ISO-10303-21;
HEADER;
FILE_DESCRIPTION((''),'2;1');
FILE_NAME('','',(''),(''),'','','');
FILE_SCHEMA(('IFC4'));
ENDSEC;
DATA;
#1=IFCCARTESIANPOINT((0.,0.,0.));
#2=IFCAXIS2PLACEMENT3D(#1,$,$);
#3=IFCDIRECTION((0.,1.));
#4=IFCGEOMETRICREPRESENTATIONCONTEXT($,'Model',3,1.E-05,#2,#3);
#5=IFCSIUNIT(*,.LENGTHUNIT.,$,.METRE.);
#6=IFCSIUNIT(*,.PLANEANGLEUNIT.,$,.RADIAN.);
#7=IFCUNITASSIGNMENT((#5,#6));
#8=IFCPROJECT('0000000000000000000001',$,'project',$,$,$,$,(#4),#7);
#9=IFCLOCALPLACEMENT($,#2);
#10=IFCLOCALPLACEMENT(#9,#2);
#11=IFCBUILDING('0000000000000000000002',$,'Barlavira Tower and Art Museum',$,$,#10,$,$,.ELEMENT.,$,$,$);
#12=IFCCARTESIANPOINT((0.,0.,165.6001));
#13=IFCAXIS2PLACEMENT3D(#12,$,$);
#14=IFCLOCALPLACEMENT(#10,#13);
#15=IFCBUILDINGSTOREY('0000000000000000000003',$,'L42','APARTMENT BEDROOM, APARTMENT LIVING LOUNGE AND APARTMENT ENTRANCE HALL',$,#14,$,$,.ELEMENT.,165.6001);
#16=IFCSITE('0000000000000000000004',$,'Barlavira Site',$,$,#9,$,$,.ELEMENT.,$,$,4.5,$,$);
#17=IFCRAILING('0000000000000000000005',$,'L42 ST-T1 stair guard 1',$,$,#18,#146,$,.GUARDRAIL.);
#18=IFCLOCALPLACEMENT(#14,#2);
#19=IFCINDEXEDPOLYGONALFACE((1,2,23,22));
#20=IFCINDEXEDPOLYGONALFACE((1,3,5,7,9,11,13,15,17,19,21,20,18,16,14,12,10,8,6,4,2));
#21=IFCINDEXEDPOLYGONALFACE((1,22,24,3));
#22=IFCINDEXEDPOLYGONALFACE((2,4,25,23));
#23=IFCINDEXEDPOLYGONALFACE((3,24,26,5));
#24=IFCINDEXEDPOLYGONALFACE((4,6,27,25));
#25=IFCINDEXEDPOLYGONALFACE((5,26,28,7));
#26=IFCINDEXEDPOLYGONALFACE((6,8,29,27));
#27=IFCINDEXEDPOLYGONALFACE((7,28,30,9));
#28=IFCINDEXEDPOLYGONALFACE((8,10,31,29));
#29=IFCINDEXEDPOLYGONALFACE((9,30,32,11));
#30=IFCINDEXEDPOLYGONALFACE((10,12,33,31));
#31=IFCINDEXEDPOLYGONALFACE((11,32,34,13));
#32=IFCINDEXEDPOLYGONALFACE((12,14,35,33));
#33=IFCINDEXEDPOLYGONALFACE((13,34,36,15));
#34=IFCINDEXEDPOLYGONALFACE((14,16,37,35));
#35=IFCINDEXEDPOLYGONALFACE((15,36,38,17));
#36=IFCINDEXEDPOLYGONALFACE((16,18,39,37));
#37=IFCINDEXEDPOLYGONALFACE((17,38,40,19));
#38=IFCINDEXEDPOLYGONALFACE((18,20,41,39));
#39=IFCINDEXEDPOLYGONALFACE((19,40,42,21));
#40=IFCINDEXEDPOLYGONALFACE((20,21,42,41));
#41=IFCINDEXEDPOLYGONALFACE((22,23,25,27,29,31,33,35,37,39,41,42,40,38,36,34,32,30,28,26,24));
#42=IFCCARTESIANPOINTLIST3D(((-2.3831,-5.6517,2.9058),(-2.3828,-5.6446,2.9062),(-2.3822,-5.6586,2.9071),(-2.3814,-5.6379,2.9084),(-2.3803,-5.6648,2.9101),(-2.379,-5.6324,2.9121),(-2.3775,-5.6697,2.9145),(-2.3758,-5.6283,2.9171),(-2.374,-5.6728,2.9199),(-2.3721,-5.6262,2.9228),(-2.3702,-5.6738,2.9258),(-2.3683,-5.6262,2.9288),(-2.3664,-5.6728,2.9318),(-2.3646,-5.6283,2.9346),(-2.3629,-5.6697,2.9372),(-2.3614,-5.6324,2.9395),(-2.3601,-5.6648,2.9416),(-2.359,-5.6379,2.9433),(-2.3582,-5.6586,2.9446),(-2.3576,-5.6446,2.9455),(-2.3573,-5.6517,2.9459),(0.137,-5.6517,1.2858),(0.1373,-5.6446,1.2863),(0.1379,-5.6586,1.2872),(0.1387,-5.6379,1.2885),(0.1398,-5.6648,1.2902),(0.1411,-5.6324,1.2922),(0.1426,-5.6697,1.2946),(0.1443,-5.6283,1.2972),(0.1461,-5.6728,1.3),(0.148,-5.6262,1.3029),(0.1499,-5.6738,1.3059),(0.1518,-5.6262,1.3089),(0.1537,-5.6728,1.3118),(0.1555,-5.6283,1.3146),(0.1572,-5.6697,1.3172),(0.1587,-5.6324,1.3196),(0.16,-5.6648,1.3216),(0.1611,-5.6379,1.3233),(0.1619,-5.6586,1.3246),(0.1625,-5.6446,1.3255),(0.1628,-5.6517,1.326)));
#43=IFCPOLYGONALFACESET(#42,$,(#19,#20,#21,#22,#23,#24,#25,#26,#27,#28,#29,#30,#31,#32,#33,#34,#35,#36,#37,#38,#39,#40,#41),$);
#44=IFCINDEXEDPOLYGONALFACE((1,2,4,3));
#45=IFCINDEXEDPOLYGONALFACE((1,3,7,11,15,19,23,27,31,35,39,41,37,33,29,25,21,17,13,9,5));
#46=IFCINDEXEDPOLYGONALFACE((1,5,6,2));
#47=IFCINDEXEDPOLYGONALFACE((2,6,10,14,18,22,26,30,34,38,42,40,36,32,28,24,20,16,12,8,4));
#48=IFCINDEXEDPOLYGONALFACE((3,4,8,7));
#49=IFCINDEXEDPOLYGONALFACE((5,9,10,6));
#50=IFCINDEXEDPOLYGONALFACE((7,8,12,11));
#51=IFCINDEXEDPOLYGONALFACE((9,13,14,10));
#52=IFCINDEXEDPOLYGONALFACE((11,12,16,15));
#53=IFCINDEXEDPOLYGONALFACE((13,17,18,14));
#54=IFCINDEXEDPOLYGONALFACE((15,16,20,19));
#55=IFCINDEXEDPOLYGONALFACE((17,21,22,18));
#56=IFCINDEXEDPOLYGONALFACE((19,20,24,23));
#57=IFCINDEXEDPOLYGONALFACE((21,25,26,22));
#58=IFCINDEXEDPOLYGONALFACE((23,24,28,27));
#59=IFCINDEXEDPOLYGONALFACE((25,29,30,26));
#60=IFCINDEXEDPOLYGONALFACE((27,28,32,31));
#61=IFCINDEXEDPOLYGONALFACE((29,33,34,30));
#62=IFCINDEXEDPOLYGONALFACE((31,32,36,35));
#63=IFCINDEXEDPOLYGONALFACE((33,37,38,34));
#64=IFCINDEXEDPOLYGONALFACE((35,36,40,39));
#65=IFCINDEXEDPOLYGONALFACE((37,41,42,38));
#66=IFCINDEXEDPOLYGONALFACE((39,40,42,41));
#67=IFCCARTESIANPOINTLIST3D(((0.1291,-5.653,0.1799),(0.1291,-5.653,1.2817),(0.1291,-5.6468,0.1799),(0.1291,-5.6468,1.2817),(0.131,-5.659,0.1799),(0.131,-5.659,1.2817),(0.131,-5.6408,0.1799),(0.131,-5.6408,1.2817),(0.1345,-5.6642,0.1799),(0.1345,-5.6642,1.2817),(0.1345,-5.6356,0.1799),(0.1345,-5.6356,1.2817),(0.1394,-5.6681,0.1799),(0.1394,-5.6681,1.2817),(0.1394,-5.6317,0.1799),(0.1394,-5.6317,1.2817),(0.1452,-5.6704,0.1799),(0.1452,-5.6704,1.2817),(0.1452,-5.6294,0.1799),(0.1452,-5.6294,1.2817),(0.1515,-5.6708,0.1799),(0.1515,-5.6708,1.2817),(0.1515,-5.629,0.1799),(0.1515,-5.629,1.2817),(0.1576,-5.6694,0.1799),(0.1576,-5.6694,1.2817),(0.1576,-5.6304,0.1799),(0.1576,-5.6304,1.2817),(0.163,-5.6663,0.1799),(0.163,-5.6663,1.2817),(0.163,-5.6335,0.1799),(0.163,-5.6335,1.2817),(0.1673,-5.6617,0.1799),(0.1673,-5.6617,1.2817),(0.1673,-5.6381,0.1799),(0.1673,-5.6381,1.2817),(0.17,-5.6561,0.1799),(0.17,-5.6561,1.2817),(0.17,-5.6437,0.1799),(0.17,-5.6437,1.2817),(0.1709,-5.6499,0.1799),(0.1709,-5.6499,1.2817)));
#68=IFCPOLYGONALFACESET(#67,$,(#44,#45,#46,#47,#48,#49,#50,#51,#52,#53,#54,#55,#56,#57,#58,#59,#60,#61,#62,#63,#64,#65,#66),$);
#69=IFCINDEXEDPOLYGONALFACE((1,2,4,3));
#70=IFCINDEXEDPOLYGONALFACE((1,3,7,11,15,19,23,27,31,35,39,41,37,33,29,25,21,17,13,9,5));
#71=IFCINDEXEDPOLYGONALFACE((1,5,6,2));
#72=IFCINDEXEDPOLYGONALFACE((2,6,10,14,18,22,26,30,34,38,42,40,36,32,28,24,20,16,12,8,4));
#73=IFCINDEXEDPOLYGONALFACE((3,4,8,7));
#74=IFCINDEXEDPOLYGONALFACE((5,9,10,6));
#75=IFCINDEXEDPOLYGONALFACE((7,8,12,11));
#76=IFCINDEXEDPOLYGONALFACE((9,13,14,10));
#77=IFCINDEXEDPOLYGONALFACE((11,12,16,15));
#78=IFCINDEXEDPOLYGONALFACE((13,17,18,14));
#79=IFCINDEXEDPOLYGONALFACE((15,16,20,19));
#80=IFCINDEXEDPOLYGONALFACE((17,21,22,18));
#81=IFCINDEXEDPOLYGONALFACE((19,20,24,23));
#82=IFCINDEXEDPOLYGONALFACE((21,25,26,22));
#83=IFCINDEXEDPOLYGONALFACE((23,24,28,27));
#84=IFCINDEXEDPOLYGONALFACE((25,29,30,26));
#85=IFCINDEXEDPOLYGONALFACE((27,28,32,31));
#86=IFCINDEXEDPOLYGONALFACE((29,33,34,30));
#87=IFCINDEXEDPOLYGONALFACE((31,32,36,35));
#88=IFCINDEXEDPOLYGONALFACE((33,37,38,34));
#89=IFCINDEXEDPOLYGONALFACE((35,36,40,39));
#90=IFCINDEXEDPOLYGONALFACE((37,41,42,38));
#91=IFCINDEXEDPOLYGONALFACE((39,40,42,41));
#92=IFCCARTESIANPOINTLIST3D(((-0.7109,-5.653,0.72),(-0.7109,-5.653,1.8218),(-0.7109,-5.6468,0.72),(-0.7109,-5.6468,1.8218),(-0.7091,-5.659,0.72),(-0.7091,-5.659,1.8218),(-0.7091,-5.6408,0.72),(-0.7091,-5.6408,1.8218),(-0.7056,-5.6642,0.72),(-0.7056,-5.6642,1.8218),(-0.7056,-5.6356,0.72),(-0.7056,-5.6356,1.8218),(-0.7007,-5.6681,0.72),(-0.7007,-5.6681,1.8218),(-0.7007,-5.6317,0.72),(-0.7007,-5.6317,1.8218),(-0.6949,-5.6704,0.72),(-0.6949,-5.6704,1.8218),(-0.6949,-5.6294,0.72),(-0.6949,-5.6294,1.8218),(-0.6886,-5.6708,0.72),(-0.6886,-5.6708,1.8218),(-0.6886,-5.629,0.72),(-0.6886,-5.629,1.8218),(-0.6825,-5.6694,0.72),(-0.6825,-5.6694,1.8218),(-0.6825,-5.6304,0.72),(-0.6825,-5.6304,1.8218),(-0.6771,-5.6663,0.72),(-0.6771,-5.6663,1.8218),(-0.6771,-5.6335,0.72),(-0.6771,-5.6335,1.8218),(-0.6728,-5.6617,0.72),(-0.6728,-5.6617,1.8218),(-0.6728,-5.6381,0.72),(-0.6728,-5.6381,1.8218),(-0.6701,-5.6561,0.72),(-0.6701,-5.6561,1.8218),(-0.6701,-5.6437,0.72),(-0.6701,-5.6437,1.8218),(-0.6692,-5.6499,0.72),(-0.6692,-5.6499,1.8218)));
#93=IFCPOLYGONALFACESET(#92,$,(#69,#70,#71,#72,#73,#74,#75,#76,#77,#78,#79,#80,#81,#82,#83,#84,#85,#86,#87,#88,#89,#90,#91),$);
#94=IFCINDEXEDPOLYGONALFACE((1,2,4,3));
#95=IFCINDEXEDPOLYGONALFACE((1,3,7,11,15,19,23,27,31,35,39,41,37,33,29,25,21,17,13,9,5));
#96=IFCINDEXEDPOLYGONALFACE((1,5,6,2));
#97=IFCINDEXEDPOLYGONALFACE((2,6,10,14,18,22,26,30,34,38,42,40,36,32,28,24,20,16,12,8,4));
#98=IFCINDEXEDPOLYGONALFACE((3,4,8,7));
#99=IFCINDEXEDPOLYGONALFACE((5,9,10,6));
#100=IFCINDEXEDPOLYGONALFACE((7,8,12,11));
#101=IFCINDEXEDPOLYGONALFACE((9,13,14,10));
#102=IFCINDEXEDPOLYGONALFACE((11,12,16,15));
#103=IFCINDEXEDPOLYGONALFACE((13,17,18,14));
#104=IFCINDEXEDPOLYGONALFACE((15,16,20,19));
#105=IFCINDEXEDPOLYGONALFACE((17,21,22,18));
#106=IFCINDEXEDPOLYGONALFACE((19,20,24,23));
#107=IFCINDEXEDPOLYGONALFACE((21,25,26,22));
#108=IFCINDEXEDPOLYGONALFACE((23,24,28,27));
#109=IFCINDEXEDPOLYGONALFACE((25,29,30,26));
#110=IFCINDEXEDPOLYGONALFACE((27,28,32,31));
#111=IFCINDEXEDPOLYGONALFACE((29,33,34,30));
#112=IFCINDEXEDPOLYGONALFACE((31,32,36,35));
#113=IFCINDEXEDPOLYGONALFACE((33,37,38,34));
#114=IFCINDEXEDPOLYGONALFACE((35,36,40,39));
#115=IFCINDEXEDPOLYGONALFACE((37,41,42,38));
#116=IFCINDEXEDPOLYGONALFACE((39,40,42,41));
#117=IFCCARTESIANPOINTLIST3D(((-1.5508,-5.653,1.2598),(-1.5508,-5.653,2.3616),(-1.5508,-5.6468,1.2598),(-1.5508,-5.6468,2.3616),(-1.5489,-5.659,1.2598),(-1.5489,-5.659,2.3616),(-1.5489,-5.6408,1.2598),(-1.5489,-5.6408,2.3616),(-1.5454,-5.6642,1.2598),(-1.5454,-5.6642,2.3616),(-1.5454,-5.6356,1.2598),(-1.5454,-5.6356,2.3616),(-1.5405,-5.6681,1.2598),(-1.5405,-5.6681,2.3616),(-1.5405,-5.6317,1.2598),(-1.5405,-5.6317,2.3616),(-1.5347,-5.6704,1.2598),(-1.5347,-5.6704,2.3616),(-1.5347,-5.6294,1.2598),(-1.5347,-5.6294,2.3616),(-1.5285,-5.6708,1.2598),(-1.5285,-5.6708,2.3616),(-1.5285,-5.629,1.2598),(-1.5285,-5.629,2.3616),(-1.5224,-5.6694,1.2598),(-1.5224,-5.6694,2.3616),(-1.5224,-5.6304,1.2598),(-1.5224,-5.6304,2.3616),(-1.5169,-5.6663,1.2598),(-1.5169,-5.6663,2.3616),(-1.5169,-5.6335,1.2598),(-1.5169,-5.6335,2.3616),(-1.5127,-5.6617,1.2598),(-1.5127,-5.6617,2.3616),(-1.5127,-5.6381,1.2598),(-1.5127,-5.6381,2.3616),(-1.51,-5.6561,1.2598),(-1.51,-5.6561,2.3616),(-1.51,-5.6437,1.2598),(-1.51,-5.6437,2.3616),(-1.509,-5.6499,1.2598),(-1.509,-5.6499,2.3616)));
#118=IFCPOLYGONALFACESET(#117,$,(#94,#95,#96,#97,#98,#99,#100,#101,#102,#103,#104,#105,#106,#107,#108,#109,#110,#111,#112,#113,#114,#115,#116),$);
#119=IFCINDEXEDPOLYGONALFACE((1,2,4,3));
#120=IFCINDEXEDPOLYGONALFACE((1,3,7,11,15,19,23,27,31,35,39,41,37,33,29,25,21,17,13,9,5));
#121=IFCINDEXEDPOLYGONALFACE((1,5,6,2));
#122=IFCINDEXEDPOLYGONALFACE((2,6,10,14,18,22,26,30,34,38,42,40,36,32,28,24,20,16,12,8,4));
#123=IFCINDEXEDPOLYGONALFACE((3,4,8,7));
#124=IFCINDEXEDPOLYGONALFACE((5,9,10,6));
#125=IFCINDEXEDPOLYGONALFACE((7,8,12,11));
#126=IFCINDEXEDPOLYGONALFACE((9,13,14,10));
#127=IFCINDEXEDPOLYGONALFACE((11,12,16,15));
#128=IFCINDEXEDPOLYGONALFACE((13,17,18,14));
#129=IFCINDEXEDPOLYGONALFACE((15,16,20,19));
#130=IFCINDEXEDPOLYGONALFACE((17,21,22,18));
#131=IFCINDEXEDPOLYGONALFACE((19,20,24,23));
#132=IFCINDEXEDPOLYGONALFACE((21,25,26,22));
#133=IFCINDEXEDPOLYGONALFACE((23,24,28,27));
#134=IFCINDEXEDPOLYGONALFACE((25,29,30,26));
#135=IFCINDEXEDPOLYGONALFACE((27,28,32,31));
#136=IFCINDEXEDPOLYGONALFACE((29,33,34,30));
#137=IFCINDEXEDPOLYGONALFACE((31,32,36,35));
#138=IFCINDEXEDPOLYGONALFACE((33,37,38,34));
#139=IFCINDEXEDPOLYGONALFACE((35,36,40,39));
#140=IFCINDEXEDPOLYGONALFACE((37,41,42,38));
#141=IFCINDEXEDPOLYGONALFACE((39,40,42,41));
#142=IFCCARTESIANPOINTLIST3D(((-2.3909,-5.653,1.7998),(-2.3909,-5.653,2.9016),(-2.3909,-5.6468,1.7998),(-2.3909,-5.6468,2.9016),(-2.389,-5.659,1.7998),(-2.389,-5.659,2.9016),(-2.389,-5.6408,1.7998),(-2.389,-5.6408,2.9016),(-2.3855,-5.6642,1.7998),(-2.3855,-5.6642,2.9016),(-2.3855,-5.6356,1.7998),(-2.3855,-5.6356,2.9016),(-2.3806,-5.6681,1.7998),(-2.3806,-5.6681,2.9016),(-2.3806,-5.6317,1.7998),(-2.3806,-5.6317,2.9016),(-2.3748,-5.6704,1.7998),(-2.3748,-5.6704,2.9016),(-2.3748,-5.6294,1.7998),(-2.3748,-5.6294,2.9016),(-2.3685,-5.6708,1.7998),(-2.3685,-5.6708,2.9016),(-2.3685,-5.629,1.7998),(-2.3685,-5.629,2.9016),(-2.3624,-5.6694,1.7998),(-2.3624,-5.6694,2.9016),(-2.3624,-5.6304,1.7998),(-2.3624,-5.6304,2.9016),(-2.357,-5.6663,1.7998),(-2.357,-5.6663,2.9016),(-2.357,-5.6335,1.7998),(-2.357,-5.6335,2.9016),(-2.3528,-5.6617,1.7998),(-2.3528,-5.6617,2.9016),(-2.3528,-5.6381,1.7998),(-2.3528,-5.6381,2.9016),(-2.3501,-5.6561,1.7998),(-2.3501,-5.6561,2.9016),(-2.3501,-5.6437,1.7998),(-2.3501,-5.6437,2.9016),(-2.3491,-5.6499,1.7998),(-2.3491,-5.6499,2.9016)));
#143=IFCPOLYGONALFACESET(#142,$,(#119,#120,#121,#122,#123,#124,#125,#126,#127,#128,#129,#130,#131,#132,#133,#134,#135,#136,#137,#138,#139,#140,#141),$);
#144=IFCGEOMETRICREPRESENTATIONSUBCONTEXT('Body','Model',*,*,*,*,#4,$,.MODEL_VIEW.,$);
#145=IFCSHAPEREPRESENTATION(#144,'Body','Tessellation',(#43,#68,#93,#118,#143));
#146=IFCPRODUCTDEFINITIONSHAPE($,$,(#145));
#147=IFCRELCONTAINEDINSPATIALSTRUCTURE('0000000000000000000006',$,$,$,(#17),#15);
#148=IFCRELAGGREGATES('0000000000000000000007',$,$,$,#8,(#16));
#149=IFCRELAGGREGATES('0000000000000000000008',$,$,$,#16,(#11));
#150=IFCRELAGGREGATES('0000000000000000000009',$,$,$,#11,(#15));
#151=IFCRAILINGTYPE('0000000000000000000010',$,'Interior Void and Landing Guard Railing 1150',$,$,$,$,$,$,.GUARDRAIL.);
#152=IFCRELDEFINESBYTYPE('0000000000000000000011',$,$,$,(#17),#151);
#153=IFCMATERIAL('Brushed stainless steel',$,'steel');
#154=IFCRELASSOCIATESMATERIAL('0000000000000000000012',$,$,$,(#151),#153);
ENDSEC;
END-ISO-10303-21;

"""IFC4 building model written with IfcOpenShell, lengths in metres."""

from ifc_helpers import new_model, si_unit, direction, frame, origin, origin_2d, place, context, subcontext, project, spatial, circle, extrude, material, type_object, element, save


model = new_model("IFC4")

# Units and contexts
model_context = context("Model", 3, precision=1e-05, world=origin(), true_north=direction((0.0, 1.0)))
body_context = subcontext(model_context, "Body", "Model", "MODEL_VIEW")
ifc_project = project(units=[si_unit("LENGTHUNIT", "METRE"), si_unit("PLANEANGLEUNIT", "RADIAN")], contexts=[model_context])

# Site, building, storey
site_placement = place(None, origin())
site = spatial("IfcSite", under=ifc_project, at=site_placement, Name="Barlavira Site", CompositionType="ELEMENT", RefElevation=4.5)
building_placement = place(site_placement, origin())
building = spatial("IfcBuilding", under=site, at=building_placement, Name="Barlavira Tower and Art Museum", CompositionType="ELEMENT")
storey_placement = place(building_placement, frame((0.0, 0.0, 165.6001)))
storey = spatial("IfcBuildingStorey", under=building, at=storey_placement, Name="L42", Description="APARTMENT BEDROOM, APARTMENT LIVING LOUNGE AND APARTMENT ENTRANCE HALL", CompositionType="ELEMENT", Elevation=165.6001)

# Shared definitions
ifc_material_1 = material(Name="Brushed stainless steel", Category="steel")

# Railing
railing_type_1 = type_object("IfcRailingType", Name="Interior Void and Landing Guard Railing 1150", PredefinedType="GUARDRAIL", material=ifc_material_1)
railing_1_placement = place(storey_placement, frame((0.1499, -5.6499, 0.1799)))
element("IfcRailing", 1, at=railing_1_placement, inside=storey, type_object=railing_type_1, Name="L42 ST-T1 stair guard 1", PredefinedType="GUARDRAIL", context=body_context, shape_type="SweptSolid", body=[
    extrude(circle(Radius=0.0239, at=origin_2d()), frame((0.0, 0.0, 1.126), z_axis=(-0.8412, 0.0, 0.540725), x_axis=(0.0, -1.0, 0.0)), (0.0, 0.0, 1.0), 2.9958),
    extrude(circle(Radius=0.021, at=origin_2d()), origin(), (0.0, 0.0, 1.0), 1.1018),
    extrude(circle(Radius=0.021, at=origin_2d()), frame((-0.8401, 0.0, 0.54)), (0.0, 0.0, 1.0), 1.1018),
    extrude(circle(Radius=0.021, at=origin_2d()), frame((-1.6799, 0.0, 1.0798)), (0.0, 0.0, 1.0), 1.1018),
    extrude(circle(Radius=0.021, at=origin_2d()), frame((-2.52, 0.0, 1.6199)), (0.0, 0.0, 1.0), 1.1018),
])

save(model, "model.ifc")
